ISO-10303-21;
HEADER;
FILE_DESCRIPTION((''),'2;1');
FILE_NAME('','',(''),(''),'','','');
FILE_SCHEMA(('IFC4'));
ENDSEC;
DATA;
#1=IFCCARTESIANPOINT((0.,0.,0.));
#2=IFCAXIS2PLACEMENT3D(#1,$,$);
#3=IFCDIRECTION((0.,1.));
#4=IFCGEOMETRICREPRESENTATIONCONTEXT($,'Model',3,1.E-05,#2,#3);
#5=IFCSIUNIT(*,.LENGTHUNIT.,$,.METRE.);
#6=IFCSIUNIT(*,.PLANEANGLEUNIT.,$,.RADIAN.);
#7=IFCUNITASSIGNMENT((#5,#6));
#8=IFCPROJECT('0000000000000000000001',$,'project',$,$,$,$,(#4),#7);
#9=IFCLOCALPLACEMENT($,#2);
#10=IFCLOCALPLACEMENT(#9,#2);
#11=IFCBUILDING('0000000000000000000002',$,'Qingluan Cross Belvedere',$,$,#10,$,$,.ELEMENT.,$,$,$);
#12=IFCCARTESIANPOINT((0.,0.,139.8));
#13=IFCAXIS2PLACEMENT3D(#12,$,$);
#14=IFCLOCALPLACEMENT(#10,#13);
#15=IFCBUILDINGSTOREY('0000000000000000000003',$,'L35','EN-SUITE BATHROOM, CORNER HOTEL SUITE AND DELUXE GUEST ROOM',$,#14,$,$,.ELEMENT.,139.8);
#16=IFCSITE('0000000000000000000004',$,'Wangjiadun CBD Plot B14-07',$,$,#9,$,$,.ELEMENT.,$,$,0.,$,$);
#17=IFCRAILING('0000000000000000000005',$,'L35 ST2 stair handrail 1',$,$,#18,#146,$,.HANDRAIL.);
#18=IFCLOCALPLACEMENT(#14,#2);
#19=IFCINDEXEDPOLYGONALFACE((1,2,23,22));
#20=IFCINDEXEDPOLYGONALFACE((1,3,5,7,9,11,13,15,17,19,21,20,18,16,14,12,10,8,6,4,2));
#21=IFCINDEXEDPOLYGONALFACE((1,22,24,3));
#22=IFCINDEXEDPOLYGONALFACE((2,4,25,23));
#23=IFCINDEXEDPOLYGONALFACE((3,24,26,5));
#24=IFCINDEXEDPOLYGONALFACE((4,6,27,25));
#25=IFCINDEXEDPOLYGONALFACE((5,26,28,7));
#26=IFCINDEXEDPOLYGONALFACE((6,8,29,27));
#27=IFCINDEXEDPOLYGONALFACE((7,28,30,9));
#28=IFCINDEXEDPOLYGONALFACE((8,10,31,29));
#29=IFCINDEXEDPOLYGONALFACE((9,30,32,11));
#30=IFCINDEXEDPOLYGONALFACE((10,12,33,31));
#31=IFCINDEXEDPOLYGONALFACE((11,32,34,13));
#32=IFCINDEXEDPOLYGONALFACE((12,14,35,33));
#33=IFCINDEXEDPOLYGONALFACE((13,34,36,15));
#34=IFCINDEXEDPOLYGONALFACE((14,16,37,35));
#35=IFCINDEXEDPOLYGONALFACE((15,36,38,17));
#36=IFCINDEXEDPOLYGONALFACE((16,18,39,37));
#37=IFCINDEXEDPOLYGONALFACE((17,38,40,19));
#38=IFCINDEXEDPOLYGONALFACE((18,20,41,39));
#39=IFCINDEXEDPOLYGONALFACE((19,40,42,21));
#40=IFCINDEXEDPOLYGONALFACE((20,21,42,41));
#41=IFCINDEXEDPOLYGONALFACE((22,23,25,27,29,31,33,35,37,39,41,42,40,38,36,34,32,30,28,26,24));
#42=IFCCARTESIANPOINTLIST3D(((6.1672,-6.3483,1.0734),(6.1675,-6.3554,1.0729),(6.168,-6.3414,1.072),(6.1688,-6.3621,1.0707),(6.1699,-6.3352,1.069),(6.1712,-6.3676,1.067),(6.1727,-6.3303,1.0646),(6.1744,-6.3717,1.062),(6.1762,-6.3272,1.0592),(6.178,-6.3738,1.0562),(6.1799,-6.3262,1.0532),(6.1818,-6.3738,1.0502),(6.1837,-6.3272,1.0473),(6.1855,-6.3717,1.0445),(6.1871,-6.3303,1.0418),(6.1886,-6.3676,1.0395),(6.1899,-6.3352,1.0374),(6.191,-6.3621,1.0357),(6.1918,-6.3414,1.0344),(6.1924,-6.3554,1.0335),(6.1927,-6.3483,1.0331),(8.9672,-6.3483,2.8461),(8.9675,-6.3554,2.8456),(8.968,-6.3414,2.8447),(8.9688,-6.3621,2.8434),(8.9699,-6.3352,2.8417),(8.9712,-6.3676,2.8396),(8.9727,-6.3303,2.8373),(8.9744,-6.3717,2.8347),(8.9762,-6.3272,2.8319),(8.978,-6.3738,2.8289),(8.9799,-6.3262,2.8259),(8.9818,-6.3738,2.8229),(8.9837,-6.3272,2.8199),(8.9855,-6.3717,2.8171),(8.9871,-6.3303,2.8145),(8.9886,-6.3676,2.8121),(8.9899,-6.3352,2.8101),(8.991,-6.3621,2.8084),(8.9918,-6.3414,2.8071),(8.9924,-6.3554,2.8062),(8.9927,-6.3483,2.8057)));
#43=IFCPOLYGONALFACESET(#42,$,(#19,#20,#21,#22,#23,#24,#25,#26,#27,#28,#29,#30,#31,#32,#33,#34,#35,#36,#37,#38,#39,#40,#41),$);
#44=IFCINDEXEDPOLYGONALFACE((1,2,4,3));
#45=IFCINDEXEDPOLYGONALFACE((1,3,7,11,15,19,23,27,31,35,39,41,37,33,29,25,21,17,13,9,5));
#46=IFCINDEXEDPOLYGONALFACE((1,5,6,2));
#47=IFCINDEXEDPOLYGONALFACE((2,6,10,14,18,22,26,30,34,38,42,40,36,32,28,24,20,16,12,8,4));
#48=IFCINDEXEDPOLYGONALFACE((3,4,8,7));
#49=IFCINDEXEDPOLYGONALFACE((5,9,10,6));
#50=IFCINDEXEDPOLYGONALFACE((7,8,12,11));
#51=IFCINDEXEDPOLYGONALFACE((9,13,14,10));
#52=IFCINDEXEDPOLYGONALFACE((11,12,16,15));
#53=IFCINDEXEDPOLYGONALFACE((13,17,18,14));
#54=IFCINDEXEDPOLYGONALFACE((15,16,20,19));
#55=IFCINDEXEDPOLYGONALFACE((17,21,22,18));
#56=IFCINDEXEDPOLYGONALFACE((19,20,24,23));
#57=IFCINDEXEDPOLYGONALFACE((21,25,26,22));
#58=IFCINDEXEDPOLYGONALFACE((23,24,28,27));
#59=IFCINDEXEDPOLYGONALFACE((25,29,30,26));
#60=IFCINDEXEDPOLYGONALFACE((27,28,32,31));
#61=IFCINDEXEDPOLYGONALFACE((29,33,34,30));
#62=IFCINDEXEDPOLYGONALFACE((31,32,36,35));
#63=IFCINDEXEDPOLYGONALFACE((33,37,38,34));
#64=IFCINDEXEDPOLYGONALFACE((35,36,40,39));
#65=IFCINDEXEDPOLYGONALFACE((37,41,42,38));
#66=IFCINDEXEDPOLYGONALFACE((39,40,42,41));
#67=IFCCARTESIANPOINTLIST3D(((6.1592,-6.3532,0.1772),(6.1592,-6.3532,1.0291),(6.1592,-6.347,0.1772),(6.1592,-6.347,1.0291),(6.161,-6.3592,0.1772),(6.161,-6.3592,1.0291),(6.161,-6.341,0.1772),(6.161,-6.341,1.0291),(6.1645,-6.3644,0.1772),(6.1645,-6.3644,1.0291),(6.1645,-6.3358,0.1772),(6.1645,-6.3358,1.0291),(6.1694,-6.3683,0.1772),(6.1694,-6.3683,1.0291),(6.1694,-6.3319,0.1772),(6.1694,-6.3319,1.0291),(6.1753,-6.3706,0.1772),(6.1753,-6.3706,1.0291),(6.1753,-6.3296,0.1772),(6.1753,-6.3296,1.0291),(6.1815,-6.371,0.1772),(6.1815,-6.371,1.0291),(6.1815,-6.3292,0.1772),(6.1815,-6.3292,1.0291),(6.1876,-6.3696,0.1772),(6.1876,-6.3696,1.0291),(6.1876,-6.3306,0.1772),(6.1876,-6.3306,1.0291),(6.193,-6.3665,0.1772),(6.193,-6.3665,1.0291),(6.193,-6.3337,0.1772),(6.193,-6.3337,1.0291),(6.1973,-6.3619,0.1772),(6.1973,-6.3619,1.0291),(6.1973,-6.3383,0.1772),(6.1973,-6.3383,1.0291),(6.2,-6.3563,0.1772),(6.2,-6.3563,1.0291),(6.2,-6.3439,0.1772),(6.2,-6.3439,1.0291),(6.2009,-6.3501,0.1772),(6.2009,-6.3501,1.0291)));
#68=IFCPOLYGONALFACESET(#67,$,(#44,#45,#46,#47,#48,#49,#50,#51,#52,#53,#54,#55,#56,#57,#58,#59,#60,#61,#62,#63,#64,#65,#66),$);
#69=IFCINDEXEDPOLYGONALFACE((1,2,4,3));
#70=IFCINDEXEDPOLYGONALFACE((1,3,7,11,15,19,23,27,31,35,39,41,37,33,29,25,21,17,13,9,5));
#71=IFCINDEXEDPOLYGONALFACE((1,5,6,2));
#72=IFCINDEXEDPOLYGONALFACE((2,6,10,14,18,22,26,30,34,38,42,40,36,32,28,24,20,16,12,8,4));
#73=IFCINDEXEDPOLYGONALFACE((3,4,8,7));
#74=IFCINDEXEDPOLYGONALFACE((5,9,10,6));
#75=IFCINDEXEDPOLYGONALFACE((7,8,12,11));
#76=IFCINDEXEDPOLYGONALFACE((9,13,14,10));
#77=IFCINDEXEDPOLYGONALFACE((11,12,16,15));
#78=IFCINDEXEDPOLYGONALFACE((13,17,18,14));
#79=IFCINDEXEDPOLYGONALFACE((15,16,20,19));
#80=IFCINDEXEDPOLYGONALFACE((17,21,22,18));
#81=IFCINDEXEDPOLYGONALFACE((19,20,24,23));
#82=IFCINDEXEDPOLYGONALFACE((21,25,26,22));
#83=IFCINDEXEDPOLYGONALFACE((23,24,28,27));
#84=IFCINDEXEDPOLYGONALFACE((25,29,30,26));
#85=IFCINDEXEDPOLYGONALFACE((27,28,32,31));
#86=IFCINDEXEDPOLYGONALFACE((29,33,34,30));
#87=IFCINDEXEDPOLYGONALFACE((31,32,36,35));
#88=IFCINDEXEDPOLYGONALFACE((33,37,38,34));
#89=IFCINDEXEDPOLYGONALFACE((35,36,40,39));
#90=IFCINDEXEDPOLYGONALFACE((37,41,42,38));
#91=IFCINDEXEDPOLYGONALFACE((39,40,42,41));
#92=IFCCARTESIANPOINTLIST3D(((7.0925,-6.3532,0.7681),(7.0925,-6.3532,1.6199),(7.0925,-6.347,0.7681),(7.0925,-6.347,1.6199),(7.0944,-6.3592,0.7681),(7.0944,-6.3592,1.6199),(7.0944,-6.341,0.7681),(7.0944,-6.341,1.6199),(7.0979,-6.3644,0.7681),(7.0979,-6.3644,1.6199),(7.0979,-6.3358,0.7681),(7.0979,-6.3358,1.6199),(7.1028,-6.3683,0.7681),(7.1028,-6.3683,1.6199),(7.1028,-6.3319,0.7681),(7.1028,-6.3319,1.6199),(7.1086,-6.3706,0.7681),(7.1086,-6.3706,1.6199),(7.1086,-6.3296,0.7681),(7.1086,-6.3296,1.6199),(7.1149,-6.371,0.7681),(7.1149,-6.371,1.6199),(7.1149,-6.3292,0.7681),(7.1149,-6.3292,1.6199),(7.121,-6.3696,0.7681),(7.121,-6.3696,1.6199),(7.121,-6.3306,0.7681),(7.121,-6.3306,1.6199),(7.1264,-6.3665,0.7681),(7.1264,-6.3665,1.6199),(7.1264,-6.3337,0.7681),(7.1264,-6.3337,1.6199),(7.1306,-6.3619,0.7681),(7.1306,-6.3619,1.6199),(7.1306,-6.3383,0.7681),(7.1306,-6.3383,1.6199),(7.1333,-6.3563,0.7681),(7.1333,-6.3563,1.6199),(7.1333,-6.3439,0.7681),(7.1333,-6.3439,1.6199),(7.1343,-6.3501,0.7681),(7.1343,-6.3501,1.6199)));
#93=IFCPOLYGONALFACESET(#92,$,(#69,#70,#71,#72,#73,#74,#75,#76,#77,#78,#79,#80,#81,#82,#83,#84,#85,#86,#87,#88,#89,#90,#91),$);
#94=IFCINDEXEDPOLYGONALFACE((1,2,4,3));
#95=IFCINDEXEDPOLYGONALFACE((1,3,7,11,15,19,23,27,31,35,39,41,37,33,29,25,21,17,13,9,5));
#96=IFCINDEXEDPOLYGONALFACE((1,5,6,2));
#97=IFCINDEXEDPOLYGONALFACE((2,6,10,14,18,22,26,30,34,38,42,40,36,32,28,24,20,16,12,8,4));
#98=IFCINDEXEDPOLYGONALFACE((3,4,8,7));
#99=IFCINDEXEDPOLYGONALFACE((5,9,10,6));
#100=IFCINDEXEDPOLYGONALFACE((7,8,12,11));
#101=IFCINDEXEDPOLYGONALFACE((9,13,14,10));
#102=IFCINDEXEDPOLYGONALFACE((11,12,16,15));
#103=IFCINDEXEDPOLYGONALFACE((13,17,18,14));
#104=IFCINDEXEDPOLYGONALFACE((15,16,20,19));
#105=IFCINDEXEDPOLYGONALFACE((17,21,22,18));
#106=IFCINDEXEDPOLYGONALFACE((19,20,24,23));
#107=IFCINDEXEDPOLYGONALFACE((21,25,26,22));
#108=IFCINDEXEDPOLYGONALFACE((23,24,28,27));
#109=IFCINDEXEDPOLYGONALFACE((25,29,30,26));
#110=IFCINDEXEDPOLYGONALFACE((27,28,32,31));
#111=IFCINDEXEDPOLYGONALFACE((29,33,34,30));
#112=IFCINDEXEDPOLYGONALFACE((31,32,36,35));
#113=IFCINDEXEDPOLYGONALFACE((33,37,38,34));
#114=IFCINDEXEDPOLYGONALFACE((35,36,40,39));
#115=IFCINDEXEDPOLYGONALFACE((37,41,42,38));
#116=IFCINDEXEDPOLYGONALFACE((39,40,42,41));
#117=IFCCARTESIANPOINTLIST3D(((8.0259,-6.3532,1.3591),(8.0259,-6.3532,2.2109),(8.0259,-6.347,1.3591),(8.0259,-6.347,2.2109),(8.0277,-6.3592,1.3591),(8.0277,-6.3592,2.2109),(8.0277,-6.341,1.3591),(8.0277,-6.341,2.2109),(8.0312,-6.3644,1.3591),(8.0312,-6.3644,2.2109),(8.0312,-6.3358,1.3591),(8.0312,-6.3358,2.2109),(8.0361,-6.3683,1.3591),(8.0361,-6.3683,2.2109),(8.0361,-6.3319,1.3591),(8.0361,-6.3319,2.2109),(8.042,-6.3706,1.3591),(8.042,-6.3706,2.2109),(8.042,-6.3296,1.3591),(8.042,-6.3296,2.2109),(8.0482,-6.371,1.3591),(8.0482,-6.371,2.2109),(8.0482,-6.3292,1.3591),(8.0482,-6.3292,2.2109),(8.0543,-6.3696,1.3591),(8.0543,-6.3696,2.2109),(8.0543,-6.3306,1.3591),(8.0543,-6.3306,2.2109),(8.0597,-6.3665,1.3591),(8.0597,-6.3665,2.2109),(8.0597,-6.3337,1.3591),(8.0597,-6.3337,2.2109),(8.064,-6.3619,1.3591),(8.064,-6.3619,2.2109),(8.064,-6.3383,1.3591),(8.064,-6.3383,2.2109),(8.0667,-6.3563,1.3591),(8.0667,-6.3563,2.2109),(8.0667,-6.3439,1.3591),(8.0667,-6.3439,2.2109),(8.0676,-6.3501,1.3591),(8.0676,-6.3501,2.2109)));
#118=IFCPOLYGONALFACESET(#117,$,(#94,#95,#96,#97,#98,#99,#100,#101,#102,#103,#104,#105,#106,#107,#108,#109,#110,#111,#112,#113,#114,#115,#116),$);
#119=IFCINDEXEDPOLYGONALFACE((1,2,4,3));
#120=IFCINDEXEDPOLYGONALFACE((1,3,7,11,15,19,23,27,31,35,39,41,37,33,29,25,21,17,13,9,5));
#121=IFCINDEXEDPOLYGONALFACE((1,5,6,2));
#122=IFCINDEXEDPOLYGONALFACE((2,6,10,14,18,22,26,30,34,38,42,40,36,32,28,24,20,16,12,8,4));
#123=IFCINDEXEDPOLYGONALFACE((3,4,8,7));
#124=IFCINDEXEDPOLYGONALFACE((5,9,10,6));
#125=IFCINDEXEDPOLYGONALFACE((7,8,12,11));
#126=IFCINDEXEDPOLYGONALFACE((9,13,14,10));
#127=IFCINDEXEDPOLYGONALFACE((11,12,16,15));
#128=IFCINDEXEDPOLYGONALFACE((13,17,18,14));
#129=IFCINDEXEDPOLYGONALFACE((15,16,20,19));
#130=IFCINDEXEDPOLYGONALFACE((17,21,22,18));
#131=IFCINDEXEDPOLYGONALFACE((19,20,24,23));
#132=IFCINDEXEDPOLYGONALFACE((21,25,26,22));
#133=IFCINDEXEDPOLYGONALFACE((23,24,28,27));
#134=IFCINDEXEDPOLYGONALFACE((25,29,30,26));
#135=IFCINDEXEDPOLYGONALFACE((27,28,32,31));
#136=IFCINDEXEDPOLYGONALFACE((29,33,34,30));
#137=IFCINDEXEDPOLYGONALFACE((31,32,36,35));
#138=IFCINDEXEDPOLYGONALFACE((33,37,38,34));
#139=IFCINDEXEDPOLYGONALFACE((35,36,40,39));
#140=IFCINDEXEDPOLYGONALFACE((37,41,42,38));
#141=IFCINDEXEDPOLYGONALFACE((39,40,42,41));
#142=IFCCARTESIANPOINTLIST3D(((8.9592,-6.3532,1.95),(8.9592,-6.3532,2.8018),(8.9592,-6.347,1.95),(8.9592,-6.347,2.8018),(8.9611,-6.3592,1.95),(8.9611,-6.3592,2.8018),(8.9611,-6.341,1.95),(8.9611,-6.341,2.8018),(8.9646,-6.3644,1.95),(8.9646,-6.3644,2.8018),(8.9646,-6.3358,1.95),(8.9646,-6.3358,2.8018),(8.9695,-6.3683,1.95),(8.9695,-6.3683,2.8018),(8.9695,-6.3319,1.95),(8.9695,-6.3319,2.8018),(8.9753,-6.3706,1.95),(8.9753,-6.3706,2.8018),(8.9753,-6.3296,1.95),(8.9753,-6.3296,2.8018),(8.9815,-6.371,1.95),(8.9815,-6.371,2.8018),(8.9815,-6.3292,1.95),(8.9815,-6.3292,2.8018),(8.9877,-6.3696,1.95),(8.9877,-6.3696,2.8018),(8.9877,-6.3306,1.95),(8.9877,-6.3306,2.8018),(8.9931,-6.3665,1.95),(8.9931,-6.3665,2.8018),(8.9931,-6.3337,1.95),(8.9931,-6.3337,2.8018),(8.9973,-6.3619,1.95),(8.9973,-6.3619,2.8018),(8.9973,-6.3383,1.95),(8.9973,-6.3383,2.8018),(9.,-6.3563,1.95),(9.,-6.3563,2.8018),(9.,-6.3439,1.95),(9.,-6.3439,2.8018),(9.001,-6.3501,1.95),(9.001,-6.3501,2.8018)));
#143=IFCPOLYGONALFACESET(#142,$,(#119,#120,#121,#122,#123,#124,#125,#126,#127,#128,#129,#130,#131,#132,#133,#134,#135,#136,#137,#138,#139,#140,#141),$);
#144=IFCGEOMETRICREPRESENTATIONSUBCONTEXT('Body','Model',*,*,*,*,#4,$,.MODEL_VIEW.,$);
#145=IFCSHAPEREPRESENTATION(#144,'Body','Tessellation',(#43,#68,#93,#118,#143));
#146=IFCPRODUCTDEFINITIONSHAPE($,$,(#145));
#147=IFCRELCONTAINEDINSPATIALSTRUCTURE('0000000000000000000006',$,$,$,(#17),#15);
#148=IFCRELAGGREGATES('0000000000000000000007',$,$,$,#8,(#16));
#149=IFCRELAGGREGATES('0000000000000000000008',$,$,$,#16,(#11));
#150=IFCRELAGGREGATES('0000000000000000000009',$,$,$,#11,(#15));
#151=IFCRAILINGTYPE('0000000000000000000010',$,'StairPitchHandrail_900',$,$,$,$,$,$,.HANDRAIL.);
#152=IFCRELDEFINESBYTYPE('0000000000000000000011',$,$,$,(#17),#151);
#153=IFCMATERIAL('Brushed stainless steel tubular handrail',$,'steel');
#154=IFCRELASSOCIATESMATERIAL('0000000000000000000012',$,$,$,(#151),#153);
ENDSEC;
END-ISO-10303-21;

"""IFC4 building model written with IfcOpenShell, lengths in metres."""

from ifc_helpers import new_model, si_unit, direction, frame, origin, origin_2d, place, context, subcontext, project, spatial, circle, extrude, material, type_object, element, save


model = new_model("IFC4")

# Units and contexts
model_context = context("Model", 3, precision=1e-05, world=origin(), true_north=direction((0.0, 1.0)))
body_context = subcontext(model_context, "Body", "Model", "MODEL_VIEW")
ifc_project = project(units=[si_unit("LENGTHUNIT", "METRE"), si_unit("PLANEANGLEUNIT", "RADIAN")], contexts=[model_context])

# Site, building, storey
site_placement = place(None, origin())
site = spatial("IfcSite", under=ifc_project, at=site_placement, Name="Wangjiadun CBD Plot B14-07", CompositionType="ELEMENT", RefElevation=0.0)
building_placement = place(site_placement, origin())
building = spatial("IfcBuilding", under=site, at=building_placement, Name="Qingluan Cross Belvedere", CompositionType="ELEMENT")
storey_placement = place(building_placement, frame((0.0, 0.0, 139.8)))
storey = spatial("IfcBuildingStorey", under=building, at=storey_placement, Name="L35", Description="EN-SUITE BATHROOM, CORNER HOTEL SUITE AND DELUXE GUEST ROOM", CompositionType="ELEMENT", Elevation=139.8)

# Railing
ifc_material_1 = material(Name="Brushed stainless steel tubular handrail", Category="steel")
railing_type_1 = type_object("IfcRailingType", Name="StairPitchHandrail_900", PredefinedType="HANDRAIL", material=ifc_material_1)
railing_1_placement = place(storey_placement, frame((6.1799, -6.3501, 0.1772)))
element("IfcRailing", 1, at=railing_1_placement, inside=storey, type_object=railing_type_1, Name="L35 ST2 stair handrail 1", PredefinedType="HANDRAIL", context=body_context, shape_type="SweptSolid", body=[
    extrude(circle(Radius=0.0239, at=origin_2d()), frame((0.0, 0.0, 0.876), z_axis=(0.844909, 0.0, 0.53491), x_axis=(0.0, 1.0, 0.0)), (0.0, 0.0, 1.0), 3.314),
    extrude(circle(Radius=0.021, at=origin_2d()), origin(), (0.0, 0.0, 1.0), 0.8518),
    extrude(circle(Radius=0.021, at=origin_2d()), frame((0.9333, 0.0, 0.5908)), (0.0, 0.0, 1.0), 0.8518),
    extrude(circle(Radius=0.021, at=origin_2d()), frame((1.8667, 0.0, 1.1819)), (0.0, 0.0, 1.0), 0.8518),
    extrude(circle(Radius=0.021, at=origin_2d()), frame((2.8, 0.0, 1.7727)), (0.0, 0.0, 1.0), 0.8518),
])

save(model, "model.ifc")
